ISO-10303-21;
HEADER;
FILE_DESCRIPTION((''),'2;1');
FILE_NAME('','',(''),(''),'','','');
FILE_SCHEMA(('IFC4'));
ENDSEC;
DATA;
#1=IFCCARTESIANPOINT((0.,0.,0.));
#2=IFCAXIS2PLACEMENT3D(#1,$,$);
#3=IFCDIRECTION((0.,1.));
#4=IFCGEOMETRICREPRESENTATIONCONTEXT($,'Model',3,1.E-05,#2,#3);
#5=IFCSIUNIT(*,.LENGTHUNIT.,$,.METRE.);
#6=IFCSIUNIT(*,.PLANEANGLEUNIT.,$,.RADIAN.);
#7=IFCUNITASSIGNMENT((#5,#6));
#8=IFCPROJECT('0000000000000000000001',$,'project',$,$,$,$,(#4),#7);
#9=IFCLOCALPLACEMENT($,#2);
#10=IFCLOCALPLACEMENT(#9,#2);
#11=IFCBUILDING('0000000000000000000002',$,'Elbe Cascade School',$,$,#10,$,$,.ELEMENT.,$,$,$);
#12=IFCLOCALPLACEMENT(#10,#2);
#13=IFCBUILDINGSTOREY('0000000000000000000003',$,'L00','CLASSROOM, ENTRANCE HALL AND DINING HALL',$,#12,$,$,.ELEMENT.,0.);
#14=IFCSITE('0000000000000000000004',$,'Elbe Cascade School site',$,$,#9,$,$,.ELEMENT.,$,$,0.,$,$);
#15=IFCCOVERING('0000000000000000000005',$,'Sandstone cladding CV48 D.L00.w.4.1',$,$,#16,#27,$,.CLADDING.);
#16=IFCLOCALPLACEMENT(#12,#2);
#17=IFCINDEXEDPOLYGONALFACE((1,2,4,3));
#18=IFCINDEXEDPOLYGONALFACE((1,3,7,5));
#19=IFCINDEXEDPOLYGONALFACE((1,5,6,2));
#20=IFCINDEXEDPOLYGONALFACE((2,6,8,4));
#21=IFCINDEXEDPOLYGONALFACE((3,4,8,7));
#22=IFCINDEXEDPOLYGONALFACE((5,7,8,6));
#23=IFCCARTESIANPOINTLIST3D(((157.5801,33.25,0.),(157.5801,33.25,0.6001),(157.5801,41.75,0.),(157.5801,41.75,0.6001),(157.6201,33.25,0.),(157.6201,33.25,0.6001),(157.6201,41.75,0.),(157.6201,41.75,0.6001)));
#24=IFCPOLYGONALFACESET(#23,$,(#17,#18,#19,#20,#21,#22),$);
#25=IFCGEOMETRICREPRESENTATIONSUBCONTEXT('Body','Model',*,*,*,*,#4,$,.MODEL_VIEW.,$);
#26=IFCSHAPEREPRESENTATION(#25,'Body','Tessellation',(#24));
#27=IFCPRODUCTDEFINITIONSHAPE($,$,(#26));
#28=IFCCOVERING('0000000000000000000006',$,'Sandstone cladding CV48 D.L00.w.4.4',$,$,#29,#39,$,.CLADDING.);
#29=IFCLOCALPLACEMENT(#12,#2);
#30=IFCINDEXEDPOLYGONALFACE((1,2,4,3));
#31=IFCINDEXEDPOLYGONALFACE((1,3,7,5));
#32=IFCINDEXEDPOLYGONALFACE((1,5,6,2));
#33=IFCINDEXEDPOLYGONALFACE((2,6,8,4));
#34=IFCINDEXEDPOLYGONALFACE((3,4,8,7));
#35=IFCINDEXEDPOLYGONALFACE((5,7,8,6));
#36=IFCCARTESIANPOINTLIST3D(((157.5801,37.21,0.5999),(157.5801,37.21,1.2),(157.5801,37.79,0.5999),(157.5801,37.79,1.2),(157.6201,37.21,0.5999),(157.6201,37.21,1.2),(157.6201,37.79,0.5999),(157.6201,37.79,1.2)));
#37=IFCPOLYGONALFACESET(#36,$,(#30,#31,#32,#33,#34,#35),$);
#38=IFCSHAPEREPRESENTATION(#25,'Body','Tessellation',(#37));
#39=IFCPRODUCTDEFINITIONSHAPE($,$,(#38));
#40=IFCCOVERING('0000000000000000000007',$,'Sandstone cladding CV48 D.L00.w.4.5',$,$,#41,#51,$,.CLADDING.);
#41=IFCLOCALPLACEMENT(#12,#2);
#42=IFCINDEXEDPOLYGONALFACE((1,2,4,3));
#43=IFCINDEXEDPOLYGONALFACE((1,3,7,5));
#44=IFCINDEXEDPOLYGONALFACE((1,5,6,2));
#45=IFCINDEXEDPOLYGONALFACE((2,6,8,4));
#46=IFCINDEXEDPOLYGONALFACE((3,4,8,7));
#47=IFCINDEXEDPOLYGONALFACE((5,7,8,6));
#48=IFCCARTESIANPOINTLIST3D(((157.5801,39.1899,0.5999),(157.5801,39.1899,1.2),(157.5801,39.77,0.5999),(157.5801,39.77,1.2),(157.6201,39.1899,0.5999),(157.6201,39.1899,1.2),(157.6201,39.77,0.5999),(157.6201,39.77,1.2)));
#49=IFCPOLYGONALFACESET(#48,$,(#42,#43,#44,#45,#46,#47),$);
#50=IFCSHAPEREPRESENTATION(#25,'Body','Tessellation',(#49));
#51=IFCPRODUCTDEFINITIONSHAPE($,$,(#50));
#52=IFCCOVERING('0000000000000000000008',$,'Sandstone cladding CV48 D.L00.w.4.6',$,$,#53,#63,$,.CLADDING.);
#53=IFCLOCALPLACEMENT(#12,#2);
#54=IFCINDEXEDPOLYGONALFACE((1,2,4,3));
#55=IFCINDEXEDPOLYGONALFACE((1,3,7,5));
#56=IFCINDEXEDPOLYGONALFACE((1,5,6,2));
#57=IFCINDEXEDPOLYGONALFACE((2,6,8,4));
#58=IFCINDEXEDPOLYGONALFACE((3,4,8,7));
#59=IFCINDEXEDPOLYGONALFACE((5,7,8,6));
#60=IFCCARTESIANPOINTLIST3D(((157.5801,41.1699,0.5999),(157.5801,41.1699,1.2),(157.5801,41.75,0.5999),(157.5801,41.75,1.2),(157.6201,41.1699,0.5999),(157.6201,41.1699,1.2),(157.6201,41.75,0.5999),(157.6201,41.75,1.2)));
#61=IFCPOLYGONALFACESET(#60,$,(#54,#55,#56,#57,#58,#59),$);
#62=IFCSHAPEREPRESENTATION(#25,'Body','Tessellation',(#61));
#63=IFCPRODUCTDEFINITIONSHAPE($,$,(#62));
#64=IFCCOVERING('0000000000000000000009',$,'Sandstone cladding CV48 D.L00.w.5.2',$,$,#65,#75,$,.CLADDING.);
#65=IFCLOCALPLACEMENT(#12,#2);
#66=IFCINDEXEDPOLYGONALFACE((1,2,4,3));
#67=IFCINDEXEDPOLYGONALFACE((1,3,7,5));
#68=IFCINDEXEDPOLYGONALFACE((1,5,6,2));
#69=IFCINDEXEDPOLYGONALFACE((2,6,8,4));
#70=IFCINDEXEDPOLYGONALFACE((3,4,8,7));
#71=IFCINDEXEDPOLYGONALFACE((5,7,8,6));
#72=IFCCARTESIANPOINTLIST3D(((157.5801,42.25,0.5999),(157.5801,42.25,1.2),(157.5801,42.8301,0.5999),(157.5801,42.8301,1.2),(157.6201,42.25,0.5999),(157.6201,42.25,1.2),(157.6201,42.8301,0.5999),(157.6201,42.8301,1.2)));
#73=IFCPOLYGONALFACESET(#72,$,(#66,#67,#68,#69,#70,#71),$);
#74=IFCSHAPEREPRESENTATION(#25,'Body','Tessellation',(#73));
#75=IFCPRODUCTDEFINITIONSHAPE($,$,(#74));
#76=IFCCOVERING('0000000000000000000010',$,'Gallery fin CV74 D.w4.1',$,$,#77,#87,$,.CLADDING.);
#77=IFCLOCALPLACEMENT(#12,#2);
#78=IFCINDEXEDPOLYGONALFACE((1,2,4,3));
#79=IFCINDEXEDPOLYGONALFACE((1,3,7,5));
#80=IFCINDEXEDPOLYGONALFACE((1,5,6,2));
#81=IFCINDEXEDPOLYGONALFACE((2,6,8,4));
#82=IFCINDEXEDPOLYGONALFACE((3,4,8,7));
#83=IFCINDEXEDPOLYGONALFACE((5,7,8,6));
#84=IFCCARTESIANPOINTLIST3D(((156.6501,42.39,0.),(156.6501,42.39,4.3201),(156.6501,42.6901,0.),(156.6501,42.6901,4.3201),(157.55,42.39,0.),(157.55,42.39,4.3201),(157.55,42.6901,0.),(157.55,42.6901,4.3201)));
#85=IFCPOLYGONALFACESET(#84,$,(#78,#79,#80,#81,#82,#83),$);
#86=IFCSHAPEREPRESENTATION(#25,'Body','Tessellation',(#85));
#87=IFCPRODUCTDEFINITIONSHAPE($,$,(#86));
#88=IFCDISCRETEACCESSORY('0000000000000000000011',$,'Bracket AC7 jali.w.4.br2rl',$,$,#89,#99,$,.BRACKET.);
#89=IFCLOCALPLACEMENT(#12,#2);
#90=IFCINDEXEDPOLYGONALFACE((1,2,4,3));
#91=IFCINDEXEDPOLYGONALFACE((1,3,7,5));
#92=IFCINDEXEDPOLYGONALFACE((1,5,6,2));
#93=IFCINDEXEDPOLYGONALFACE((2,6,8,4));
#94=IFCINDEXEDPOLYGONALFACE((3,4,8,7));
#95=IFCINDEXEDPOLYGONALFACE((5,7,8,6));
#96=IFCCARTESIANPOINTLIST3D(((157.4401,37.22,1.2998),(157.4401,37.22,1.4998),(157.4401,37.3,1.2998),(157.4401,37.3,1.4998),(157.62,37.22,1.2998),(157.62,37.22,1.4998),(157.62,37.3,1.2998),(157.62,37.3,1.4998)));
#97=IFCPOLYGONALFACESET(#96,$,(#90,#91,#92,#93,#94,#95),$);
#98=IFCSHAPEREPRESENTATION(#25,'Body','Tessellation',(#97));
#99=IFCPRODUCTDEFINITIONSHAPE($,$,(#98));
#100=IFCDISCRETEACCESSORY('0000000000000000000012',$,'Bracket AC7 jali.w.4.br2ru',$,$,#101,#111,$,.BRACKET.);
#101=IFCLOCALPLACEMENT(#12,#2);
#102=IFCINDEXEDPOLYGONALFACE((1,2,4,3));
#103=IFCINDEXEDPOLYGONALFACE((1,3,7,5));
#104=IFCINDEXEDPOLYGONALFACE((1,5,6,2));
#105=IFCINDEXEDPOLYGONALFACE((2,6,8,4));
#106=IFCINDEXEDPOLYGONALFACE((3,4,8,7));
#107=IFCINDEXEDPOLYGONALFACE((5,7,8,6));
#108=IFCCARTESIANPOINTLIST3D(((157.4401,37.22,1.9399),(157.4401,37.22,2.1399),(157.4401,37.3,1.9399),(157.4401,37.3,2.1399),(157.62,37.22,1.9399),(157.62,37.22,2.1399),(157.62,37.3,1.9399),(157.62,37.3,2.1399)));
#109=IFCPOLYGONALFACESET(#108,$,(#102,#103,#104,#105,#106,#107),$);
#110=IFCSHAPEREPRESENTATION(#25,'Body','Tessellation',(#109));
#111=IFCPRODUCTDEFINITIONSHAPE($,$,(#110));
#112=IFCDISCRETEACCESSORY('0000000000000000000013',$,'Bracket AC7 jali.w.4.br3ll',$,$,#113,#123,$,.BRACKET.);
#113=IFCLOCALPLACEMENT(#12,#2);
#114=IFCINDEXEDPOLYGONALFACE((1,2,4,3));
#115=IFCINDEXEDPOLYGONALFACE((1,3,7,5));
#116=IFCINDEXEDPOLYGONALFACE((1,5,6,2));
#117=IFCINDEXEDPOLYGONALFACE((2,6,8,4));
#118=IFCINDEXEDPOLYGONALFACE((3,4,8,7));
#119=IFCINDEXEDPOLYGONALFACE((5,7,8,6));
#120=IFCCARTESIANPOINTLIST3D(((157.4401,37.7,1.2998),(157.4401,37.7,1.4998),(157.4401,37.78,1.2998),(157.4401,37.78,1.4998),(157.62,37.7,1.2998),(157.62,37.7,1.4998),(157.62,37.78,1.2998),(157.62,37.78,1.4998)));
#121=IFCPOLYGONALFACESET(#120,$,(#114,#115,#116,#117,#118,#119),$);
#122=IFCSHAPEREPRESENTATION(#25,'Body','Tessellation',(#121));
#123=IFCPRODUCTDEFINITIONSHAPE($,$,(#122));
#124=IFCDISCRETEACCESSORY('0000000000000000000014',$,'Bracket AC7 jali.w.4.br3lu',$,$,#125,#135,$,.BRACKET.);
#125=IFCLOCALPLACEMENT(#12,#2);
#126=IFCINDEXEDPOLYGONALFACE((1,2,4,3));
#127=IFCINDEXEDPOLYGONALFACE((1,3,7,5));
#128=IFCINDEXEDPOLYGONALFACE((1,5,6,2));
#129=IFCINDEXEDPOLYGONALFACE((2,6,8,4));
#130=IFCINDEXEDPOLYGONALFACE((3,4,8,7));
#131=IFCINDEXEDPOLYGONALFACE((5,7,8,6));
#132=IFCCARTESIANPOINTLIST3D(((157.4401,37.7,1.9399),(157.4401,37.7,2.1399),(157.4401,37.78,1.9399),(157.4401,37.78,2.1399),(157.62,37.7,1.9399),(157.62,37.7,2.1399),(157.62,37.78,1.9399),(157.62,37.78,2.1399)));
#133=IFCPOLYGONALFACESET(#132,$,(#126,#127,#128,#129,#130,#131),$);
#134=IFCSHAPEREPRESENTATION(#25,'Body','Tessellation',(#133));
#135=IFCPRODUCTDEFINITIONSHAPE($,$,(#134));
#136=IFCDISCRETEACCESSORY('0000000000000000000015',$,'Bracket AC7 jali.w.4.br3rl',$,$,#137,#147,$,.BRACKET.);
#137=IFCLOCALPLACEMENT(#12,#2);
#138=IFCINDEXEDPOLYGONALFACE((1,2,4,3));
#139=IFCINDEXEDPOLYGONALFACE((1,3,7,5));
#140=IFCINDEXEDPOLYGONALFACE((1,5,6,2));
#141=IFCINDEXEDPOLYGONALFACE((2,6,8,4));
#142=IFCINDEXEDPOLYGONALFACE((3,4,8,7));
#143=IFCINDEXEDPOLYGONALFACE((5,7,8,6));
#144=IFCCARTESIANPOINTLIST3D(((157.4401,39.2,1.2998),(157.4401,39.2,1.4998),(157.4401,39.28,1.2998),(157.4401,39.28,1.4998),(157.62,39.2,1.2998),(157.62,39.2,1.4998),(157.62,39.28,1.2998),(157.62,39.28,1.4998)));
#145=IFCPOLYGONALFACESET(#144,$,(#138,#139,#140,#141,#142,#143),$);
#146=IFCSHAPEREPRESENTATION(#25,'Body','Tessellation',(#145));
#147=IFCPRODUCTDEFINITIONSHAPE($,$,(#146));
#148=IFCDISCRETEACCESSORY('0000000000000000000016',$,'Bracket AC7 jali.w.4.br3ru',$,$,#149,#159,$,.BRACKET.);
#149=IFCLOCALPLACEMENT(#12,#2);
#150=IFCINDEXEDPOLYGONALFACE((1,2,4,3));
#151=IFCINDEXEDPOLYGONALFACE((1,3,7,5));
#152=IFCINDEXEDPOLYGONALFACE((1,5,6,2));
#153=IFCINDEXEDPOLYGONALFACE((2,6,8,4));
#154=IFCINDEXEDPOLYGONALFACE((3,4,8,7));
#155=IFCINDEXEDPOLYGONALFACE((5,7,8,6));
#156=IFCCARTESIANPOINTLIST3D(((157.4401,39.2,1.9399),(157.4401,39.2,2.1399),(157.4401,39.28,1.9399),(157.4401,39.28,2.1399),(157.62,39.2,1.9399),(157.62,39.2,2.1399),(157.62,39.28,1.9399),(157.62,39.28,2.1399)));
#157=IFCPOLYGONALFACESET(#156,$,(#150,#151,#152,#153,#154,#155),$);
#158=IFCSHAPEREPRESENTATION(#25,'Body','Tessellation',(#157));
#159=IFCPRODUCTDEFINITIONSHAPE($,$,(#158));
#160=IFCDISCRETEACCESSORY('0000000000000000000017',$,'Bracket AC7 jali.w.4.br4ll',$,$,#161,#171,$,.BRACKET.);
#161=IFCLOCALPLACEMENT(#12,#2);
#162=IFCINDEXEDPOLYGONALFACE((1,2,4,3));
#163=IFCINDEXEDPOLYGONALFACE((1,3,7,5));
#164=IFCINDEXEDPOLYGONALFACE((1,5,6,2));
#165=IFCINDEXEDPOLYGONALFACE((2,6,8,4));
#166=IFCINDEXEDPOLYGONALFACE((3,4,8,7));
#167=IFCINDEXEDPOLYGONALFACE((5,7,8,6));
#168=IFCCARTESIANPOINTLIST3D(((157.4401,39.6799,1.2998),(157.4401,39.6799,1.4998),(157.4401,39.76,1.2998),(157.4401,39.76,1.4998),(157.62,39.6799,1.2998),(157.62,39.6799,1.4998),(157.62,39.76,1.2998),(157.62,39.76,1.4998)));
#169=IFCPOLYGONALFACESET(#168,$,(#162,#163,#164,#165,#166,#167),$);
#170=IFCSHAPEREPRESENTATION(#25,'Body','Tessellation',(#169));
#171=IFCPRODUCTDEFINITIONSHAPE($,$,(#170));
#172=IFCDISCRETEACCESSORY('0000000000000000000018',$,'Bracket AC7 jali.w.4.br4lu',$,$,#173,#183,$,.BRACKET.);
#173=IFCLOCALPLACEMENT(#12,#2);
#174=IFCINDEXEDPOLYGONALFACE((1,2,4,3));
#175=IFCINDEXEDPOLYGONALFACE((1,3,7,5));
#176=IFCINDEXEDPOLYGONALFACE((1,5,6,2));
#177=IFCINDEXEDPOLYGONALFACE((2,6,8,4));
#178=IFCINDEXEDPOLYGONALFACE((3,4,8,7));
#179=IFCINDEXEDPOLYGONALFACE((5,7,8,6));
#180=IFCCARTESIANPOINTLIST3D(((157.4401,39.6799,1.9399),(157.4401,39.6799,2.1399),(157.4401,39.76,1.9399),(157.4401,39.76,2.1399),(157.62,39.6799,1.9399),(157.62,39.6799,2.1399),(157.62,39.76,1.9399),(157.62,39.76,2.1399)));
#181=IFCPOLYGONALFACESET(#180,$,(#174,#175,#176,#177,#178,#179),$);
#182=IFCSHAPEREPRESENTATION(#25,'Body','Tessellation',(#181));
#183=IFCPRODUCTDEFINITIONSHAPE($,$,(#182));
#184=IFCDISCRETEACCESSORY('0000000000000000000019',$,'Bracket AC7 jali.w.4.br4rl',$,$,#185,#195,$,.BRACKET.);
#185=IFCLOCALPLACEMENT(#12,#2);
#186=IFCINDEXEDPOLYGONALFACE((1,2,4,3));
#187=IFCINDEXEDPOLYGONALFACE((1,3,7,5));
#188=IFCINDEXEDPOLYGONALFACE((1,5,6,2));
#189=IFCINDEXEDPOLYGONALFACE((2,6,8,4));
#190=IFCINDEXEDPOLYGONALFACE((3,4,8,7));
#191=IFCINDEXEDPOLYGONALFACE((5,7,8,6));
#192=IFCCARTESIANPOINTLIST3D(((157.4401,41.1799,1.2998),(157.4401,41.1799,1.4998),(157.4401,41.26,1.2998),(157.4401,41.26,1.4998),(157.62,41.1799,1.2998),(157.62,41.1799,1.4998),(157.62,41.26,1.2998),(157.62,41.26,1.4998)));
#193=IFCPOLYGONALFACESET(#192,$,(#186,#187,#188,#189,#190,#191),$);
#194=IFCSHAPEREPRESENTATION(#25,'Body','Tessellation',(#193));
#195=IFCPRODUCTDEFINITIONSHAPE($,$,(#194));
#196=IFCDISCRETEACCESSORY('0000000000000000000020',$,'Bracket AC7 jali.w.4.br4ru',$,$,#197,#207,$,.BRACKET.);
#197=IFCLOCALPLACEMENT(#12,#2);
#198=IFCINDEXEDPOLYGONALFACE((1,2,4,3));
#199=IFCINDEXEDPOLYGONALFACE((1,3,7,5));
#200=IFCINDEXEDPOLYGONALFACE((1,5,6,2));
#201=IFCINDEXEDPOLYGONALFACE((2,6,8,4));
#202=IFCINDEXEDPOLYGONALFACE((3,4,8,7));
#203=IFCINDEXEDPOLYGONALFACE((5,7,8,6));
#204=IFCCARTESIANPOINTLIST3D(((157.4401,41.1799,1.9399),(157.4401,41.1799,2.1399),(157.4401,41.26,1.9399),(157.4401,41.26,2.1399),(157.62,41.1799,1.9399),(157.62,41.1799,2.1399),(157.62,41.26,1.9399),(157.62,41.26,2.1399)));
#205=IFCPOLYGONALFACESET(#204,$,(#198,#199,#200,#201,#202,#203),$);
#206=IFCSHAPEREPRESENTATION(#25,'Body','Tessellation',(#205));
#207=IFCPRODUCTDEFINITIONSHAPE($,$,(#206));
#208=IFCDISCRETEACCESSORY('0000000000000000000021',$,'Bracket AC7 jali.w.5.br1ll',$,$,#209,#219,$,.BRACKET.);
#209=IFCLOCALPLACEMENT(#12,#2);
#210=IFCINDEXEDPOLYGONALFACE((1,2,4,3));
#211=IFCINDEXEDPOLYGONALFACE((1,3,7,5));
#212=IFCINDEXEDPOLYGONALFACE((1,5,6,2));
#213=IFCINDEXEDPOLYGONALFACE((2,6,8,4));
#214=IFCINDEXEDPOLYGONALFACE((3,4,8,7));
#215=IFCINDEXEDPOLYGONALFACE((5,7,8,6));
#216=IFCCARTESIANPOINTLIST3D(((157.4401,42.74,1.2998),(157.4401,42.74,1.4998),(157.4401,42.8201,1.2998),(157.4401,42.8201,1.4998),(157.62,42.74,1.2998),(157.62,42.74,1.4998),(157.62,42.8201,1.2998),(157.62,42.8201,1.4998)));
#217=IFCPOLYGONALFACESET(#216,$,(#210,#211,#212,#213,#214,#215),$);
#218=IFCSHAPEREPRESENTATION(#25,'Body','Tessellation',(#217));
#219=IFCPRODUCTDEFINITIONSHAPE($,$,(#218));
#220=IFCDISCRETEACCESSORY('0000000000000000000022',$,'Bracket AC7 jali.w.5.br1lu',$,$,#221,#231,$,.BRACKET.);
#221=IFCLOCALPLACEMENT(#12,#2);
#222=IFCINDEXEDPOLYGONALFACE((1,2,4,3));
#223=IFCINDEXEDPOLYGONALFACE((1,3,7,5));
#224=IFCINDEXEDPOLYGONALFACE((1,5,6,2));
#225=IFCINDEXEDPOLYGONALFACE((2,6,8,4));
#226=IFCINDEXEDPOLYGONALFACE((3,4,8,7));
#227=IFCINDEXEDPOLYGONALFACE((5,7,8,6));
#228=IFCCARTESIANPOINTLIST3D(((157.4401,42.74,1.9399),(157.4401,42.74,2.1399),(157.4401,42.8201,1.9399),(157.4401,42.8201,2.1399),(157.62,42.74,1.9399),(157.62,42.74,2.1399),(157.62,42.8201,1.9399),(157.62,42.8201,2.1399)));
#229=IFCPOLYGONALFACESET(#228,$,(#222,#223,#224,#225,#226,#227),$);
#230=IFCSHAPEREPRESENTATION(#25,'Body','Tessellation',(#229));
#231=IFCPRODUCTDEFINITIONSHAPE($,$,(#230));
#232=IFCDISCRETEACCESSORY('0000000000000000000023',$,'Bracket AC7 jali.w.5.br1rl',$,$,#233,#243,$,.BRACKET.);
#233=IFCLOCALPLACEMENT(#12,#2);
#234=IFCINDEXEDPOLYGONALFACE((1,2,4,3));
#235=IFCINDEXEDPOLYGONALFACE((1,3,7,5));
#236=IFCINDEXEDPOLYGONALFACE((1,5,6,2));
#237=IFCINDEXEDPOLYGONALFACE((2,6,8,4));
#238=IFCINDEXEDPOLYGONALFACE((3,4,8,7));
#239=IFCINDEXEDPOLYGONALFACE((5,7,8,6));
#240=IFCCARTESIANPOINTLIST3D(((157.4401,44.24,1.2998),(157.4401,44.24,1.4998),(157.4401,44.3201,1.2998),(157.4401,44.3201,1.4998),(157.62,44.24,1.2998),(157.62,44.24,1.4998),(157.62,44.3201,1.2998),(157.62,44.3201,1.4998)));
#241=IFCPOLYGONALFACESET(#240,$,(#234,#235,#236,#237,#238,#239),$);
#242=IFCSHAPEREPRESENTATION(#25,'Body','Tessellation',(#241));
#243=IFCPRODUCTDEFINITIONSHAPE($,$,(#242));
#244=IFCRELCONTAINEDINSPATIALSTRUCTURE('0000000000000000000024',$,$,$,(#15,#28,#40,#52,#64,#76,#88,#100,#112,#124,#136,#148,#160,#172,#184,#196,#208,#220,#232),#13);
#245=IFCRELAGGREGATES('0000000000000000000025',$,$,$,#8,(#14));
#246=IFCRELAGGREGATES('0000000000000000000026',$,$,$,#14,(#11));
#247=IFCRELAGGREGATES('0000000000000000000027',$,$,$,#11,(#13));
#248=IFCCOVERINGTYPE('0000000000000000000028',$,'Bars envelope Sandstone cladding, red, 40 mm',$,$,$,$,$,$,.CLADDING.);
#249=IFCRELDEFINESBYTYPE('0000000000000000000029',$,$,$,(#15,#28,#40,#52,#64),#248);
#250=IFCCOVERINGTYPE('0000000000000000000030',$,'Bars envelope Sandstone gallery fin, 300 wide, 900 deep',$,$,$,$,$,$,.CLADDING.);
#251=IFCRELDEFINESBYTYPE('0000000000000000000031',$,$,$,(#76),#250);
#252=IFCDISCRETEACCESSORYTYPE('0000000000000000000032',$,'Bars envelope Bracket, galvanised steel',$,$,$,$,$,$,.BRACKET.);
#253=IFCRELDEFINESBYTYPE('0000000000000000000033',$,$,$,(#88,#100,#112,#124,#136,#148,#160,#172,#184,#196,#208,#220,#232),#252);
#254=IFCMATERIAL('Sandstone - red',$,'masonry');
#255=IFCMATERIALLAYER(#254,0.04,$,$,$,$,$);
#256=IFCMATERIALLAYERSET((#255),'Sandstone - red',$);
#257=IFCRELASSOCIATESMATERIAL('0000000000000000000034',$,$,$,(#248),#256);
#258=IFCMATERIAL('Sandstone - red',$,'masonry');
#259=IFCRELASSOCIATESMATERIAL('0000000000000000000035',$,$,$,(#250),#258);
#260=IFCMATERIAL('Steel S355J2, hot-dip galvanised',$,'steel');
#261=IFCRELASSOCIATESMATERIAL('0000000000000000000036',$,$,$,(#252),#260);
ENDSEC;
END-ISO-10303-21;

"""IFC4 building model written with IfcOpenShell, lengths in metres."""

from ifc_helpers import new_model, si_unit, direction, frame, origin, origin_2d, place, context, subcontext, project, spatial, rectangle, extrude, material, layer, layer_set, type_object, element, save


model = new_model("IFC4")

# Units and contexts
model_context = context("Model", 3, precision=1e-05, world=origin(), true_north=direction((0.0, 1.0)))
body_context = subcontext(model_context, "Body", "Model", "MODEL_VIEW")
ifc_project = project(units=[si_unit("LENGTHUNIT", "METRE"), si_unit("PLANEANGLEUNIT", "RADIAN")], contexts=[model_context])

# Site, building, storey
site_placement = place(None, origin())
site = spatial("IfcSite", under=ifc_project, at=site_placement, Name="Elbe Cascade School site", CompositionType="ELEMENT", RefElevation=0.0)
building_placement = place(site_placement, origin())
building = spatial("IfcBuilding", under=site, at=building_placement, Name="Elbe Cascade School", CompositionType="ELEMENT")
storey_placement = place(building_placement, origin())
storey = spatial("IfcBuildingStorey", under=building, at=storey_placement, Name="L00", Description="CLASSROOM, ENTRANCE HALL AND DINING HALL", CompositionType="ELEMENT", Elevation=0.0)

# Coverings
ifc_material_1 = material(Name="Sandstone - red", Category="masonry")
ifc_layer_1 = layer(ifc_material_1, 0.04)
ifc_layer_set_1 = layer_set([ifc_layer_1], Name="Sandstone - red")
covering_type_1 = type_object("IfcCoveringType", Name="Bars envelope Sandstone cladding, red, 40 mm", PredefinedType="CLADDING", material=ifc_layer_set_1)
covering_1_placement = place(storey_placement, frame((157.6001, 37.5, 0.0), z_axis=(0.0, 0.0, 1.0), x_axis=(0.0, 1.0, 0.0)))
element("IfcCovering", 1, at=covering_1_placement, inside=storey, type_object=covering_type_1, Name="Sandstone cladding CV48 D.L00.w.4.1", PredefinedType="CLADDING", context=body_context, shape_type="SweptSolid", body=[
    extrude(rectangle(XDim=8.5, YDim=0.04, at=origin_2d()), origin(), (0.0, 0.0, 1.0), 0.6001),
])
for number, where, z_axis, x_axis, name in (
    (2, (157.6001, 37.5, 0.5999), (0.0, 0.0, 1.0), (0.0, 1.0, 0.0), "Sandstone cladding CV48 D.L00.w.4.4"),
    (3, (157.6001, 39.48, 0.5999), (0.0, 0.0, 1.0), (0.0, 1.0, 0.0), "Sandstone cladding CV48 D.L00.w.4.5"),
    (4, (157.6001, 41.46, 0.5999), (0.0, 0.0, 1.0), (0.0, 1.0, 0.0), "Sandstone cladding CV48 D.L00.w.4.6"),
    (5, (157.6001, 42.54, 0.5999), (0.0, 0.0, 1.0), (0.0, 1.0, 0.0), "Sandstone cladding CV48 D.L00.w.5.2"),
):
    element("IfcCovering", number, at=place(storey_placement, frame(where, z_axis=z_axis, x_axis=x_axis)), inside=storey, type_object=covering_type_1, Name=name, PredefinedType="CLADDING", context=body_context, shape_type="SweptSolid", body=[
        extrude(rectangle(XDim=0.5801, YDim=0.04, at=origin_2d()), origin(), (0.0, 0.0, 1.0), 0.6001),
    ])
ifc_material_2 = material(Name="Sandstone - red", Category="masonry")
covering_type_2 = type_object("IfcCoveringType", Name="Bars envelope Sandstone gallery fin, 300 wide, 900 deep", PredefinedType="CLADDING", material=ifc_material_2)
covering_2_placement = place(storey_placement, frame((157.1001, 42.54, 0.0), z_axis=(0.0, 0.0, 1.0), x_axis=(0.0, 1.0, 0.0)))
element("IfcCovering", 6, at=covering_2_placement, inside=storey, type_object=covering_type_2, Name="Gallery fin CV74 D.w4.1", PredefinedType="CLADDING", context=body_context, shape_type="SweptSolid", body=[
    extrude(rectangle(XDim=0.3, YDim=0.8999, at=origin_2d()), origin(), (0.0, 0.0, 1.0), 4.3201),
])

# Discrete accessories
ifc_material_3 = material(Name="Steel S355J2, hot-dip galvanised", Category="steel")
discrete_accessory_type = type_object("IfcDiscreteAccessoryType", Name="Bars envelope Bracket, galvanised steel", PredefinedType="BRACKET", material=ifc_material_3)
for number, where, z_axis, x_axis, name in (
    (7, (157.53, 37.26, 1.2998), (0.0, 0.0, 1.0), (0.0, 1.0, 0.0), "Bracket AC7 jali.w.4.br2rl"),
    (8, (157.53, 37.26, 1.9399), (0.0, 0.0, 1.0), (0.0, 1.0, 0.0), "Bracket AC7 jali.w.4.br2ru"),
    (9, (157.53, 37.74, 1.2998), (0.0, 0.0, 1.0), (0.0, 1.0, 0.0), "Bracket AC7 jali.w.4.br3ll"),
    (10, (157.53, 37.74, 1.9399), (0.0, 0.0, 1.0), (0.0, 1.0, 0.0), "Bracket AC7 jali.w.4.br3lu"),
    (11, (157.53, 39.24, 1.2998), (0.0, 0.0, 1.0), (0.0, 1.0, 0.0), "Bracket AC7 jali.w.4.br3rl"),
    (12, (157.53, 39.24, 1.9399), (0.0, 0.0, 1.0), (0.0, 1.0, 0.0), "Bracket AC7 jali.w.4.br3ru"),
    (13, (157.53, 39.72, 1.2998), (0.0, 0.0, 1.0), (0.0, 1.0, 0.0), "Bracket AC7 jali.w.4.br4ll"),
    (14, (157.53, 39.72, 1.9399), (0.0, 0.0, 1.0), (0.0, 1.0, 0.0), "Bracket AC7 jali.w.4.br4lu"),
    (15, (157.53, 41.22, 1.2998), (0.0, 0.0, 1.0), (0.0, 1.0, 0.0), "Bracket AC7 jali.w.4.br4rl"),
    (16, (157.53, 41.22, 1.9399), (0.0, 0.0, 1.0), (0.0, 1.0, 0.0), "Bracket AC7 jali.w.4.br4ru"),
    (17, (157.53, 42.78, 1.2998), (0.0, 0.0, 1.0), (0.0, 1.0, 0.0), "Bracket AC7 jali.w.5.br1ll"),
    (18, (157.53, 42.78, 1.9399), (0.0, 0.0, 1.0), (0.0, 1.0, 0.0), "Bracket AC7 jali.w.5.br1lu"),
    (19, (157.53, 44.28, 1.2998), (0.0, 0.0, 1.0), (0.0, 1.0, 0.0), "Bracket AC7 jali.w.5.br1rl"),
):
    element("IfcDiscreteAccessory", number, at=place(storey_placement, frame(where, z_axis=z_axis, x_axis=x_axis)), inside=storey, type_object=discrete_accessory_type, Name=name, PredefinedType="BRACKET", context=body_context, shape_type="SweptSolid", body=[
        extrude(rectangle(XDim=0.0801, YDim=0.1799, at=origin_2d()), origin(), (0.0, 0.0, 1.0), 0.2),
    ])

save(model, "model.ifc")
